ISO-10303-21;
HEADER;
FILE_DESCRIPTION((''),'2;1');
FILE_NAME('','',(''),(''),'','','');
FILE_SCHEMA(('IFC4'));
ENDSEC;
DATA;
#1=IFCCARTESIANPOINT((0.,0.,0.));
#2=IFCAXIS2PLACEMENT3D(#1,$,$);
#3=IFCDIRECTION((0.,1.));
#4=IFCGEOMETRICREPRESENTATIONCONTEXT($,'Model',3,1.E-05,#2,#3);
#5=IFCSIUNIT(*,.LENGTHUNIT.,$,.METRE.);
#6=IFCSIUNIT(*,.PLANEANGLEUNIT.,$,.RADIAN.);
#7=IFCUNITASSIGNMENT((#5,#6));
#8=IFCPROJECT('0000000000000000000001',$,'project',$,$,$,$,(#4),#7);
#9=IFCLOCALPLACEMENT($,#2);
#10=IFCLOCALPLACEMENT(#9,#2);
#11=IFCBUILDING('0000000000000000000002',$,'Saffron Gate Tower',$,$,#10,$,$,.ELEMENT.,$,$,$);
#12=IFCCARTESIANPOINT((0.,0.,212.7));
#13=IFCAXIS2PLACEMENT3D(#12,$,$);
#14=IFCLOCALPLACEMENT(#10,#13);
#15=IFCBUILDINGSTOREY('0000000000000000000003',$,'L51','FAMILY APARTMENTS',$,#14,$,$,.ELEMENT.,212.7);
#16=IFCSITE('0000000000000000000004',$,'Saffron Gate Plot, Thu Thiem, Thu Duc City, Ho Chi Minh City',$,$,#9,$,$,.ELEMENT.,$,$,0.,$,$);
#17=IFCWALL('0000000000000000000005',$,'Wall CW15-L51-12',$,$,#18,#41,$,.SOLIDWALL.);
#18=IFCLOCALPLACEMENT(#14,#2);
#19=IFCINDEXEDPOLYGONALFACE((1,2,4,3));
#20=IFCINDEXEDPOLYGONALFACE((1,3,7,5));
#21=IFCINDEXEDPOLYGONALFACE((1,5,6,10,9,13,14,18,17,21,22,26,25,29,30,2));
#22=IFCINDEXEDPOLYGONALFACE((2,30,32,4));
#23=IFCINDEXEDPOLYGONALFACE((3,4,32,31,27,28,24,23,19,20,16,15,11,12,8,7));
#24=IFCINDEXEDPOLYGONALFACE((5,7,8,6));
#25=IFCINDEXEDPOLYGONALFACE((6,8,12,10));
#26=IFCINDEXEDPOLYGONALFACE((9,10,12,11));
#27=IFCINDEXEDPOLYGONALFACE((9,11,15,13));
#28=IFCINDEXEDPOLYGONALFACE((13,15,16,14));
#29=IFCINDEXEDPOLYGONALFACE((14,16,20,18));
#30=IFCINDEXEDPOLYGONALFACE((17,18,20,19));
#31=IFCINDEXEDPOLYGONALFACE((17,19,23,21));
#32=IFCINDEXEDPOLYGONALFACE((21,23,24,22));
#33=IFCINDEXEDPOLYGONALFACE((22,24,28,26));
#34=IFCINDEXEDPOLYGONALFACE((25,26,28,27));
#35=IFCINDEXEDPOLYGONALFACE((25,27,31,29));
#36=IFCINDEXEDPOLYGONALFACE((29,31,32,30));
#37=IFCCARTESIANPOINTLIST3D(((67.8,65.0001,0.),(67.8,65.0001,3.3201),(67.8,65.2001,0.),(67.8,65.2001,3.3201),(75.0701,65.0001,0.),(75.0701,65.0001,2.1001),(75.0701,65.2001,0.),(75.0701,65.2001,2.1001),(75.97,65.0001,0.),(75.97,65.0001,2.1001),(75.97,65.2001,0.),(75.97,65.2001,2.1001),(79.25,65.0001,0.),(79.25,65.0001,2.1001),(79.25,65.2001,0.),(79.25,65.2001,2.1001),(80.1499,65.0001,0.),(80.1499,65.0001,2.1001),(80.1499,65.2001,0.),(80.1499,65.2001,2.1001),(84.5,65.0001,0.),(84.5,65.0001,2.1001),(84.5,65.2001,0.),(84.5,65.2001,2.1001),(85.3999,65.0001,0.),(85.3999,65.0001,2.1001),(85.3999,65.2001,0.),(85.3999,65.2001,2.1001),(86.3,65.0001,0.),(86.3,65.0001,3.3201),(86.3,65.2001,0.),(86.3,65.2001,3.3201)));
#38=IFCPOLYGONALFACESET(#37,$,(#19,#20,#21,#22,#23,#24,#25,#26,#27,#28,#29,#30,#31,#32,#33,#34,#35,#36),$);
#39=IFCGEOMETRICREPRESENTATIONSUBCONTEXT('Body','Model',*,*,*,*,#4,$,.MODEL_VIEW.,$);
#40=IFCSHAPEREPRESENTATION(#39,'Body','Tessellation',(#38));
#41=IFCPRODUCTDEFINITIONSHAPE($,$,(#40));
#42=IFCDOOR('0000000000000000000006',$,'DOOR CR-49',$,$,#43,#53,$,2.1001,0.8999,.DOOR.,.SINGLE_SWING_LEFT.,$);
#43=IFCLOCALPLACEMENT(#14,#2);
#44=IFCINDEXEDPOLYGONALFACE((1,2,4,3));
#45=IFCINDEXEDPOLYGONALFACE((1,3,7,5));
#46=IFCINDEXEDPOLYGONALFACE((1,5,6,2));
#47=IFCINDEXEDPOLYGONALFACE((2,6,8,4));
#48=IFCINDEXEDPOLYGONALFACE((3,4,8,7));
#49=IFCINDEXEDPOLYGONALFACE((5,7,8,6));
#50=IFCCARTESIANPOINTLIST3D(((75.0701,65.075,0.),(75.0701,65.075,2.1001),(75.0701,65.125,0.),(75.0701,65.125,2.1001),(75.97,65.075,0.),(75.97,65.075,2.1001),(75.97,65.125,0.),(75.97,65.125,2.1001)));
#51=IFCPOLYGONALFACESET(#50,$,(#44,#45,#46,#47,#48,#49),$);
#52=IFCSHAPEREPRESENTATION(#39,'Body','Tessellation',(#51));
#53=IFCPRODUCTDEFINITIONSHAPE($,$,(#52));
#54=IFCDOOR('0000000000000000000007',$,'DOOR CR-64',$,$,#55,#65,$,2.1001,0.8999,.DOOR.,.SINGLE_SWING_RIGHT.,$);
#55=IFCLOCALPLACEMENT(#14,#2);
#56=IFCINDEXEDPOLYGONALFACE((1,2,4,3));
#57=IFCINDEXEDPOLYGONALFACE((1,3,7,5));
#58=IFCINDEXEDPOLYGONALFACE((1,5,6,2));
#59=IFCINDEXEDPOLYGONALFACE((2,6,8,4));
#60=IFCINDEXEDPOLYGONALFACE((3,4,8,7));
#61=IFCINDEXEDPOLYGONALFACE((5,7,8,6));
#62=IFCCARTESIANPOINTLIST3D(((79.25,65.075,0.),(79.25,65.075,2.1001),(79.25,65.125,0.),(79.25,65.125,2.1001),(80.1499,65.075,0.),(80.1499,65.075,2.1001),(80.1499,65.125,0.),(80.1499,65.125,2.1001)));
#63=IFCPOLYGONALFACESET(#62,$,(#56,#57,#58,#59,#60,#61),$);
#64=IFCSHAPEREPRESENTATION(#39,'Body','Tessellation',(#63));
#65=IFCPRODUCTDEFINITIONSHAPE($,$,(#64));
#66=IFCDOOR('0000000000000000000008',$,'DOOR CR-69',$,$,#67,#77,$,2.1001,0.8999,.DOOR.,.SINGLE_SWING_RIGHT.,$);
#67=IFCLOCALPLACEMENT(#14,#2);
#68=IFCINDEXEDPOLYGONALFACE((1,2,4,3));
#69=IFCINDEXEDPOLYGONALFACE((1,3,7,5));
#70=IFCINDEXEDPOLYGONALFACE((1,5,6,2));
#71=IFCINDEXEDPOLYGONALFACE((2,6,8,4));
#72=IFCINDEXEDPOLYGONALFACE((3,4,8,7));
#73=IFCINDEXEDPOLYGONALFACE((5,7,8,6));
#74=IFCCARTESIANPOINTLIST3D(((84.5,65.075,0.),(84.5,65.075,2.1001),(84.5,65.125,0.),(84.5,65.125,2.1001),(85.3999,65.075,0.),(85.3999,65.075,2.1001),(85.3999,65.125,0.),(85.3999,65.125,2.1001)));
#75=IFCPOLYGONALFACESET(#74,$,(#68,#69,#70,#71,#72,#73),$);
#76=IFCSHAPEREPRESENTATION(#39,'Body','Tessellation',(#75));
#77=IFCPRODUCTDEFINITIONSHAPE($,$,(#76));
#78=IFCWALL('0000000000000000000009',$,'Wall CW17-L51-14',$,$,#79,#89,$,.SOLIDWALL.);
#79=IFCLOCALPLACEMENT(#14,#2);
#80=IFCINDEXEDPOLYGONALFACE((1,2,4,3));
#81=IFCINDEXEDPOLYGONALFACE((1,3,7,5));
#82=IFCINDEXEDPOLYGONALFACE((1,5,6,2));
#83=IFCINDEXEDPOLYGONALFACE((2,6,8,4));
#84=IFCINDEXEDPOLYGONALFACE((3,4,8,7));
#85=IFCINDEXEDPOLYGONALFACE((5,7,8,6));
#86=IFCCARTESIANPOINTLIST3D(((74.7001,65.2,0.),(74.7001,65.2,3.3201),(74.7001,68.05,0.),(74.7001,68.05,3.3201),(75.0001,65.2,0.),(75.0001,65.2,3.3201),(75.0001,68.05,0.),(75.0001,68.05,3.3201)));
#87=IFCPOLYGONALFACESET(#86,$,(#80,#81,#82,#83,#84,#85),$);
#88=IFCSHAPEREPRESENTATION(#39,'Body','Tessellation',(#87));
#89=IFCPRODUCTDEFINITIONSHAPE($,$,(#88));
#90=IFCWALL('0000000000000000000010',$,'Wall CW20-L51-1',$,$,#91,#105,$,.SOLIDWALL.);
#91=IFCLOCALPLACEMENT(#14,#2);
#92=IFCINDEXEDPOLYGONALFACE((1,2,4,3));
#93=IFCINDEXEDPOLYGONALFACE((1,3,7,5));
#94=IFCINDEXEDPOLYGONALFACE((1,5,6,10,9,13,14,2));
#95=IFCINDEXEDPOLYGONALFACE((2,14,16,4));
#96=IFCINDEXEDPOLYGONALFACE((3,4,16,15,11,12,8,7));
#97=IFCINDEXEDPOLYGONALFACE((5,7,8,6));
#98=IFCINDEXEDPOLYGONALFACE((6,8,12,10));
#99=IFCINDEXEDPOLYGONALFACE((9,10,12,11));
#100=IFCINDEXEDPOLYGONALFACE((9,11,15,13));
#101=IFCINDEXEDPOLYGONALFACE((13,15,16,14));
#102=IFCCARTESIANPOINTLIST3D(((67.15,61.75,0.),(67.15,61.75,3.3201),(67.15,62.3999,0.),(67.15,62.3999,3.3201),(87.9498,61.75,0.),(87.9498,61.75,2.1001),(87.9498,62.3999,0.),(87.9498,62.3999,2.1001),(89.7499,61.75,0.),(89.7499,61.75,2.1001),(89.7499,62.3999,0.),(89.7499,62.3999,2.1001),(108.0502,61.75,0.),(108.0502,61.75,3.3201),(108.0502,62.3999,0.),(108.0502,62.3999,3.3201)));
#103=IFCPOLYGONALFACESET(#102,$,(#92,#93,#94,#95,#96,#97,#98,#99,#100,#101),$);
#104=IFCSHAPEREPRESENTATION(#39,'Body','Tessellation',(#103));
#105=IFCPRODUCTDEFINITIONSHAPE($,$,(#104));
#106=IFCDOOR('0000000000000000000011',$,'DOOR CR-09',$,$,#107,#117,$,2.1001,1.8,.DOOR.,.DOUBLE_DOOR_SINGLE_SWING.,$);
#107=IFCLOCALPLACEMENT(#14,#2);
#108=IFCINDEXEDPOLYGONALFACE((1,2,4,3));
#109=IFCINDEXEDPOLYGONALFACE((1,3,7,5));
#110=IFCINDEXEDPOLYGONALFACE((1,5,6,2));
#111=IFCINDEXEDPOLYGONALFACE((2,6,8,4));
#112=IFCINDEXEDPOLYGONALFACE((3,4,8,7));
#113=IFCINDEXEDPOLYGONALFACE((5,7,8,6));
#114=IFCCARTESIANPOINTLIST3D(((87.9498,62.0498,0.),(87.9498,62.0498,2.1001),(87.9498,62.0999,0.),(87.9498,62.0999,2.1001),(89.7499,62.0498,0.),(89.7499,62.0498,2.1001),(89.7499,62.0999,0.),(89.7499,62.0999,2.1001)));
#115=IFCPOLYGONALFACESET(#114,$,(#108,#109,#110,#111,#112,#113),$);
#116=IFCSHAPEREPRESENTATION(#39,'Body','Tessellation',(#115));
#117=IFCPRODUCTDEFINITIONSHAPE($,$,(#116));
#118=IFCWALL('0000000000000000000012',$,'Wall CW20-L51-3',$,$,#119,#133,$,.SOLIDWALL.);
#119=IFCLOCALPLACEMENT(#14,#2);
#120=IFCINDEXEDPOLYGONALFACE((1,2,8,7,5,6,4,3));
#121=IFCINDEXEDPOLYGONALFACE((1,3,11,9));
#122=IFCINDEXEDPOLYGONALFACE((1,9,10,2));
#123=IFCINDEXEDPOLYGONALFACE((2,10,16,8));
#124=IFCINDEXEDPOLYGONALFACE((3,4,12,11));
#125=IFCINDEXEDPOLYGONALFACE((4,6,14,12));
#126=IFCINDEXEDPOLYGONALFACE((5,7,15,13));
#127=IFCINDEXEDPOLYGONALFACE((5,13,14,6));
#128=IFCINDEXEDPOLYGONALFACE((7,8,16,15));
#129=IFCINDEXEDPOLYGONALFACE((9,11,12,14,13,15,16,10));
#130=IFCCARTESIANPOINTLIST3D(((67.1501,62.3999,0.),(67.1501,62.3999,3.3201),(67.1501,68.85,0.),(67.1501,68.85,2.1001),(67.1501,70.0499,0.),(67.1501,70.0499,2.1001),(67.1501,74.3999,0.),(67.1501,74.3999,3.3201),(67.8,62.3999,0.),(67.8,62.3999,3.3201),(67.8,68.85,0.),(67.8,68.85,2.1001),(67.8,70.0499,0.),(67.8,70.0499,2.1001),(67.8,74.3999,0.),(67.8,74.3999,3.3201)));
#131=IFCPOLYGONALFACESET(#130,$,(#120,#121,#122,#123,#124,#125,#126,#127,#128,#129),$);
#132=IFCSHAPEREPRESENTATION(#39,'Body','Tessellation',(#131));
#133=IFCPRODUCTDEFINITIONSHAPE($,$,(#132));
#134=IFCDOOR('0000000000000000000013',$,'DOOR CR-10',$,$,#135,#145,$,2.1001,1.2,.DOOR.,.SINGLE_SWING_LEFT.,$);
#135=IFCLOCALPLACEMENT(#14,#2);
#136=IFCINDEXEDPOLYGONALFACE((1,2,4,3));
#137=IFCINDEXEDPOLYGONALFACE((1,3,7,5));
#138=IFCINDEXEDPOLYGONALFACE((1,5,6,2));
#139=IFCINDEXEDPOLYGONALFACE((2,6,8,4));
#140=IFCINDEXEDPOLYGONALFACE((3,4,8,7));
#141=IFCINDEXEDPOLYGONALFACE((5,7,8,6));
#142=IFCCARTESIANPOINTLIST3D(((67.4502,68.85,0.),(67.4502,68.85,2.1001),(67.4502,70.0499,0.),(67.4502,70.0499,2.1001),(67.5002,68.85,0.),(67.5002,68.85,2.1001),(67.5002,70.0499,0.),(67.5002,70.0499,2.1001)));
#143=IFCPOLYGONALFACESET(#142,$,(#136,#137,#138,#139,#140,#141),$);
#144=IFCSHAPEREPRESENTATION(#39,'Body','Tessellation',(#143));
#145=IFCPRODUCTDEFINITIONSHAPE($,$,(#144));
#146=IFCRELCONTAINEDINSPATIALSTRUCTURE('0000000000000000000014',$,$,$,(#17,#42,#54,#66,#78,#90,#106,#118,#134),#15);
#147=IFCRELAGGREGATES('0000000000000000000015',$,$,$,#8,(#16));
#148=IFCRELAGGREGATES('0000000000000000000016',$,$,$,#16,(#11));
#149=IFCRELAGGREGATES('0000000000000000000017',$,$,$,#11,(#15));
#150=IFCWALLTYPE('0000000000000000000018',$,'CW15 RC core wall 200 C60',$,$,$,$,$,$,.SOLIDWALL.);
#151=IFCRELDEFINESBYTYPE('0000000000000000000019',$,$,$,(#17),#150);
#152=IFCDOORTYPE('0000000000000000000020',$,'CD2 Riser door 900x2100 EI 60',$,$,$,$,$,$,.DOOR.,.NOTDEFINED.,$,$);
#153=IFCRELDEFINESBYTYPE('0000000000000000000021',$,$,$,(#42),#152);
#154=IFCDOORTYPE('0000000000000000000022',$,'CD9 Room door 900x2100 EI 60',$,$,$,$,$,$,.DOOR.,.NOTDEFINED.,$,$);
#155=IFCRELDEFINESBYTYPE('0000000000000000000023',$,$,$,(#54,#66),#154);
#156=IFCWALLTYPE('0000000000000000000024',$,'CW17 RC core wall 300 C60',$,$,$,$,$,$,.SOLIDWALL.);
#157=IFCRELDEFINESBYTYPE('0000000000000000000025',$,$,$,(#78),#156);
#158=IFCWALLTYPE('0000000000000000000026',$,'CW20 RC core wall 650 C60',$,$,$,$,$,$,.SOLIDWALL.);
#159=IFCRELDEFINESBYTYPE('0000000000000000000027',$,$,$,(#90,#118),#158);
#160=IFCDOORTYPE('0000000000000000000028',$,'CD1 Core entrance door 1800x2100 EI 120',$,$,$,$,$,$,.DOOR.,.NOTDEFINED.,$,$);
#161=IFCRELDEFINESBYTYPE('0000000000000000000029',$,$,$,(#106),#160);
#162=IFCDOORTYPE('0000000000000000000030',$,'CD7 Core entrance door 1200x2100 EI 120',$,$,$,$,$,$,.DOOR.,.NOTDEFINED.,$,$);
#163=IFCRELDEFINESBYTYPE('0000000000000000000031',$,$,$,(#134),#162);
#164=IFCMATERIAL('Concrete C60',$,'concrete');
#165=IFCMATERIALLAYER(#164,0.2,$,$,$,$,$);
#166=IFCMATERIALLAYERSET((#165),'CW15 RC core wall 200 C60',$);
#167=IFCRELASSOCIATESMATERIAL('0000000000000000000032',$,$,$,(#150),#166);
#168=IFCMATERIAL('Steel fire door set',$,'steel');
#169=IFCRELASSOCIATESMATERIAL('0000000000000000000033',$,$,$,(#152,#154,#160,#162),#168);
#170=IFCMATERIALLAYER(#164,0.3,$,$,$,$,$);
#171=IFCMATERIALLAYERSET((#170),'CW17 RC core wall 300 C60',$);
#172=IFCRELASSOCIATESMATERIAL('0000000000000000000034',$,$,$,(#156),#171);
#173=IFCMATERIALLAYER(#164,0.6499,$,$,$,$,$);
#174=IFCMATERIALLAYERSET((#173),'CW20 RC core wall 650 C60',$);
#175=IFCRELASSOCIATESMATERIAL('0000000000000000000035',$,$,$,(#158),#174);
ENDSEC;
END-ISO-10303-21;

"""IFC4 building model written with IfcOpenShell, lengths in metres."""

from ifc_helpers import new_model, si_unit, direction, frame, frame_2d, origin, place, context, subcontext, project, spatial, rectangle, extrude, material, layer, layer_set, type_object, element, fill, save


model = new_model("IFC4")

# Units and contexts
model_context = context("Model", 3, precision=1e-05, world=origin(), true_north=direction((0.0, 1.0)))
body_context = subcontext(model_context, "Body", "Model", "MODEL_VIEW")
ifc_project = project(units=[si_unit("LENGTHUNIT", "METRE"), si_unit("PLANEANGLEUNIT", "RADIAN")], contexts=[model_context])

# Site, building, storey
site_placement = place(None, origin())
site = spatial("IfcSite", under=ifc_project, at=site_placement, Name="Saffron Gate Plot, Thu Thiem, Thu Duc City, Ho Chi Minh City", CompositionType="ELEMENT", RefElevation=0.0)
building_placement = place(site_placement, origin())
building = spatial("IfcBuilding", under=site, at=building_placement, Name="Saffron Gate Tower", CompositionType="ELEMENT")
storey_placement = place(building_placement, frame((0.0, 0.0, 212.7)))
storey = spatial("IfcBuildingStorey", under=building, at=storey_placement, Name="L51", Description="FAMILY APARTMENTS", CompositionType="ELEMENT", Elevation=212.7)

# Wall, openings, doors
ifc_material_1 = material(Name="Concrete C60", Category="concrete")
ifc_layer_1 = layer(ifc_material_1, 0.2)
ifc_layer_set_1 = layer_set([ifc_layer_1], Name="CW15 RC core wall 200 C60")
wall_type_1 = type_object("IfcWallType", Name="CW15 RC core wall 200 C60", PredefinedType="SOLIDWALL", material=ifc_layer_set_1)
wall_1_placement = place(storey_placement, frame((67.8, 65.1001, 0.0), z_axis=(0.0, 0.0, 1.0), x_axis=(1.0, 0.0, 0.0)))
wall_1 = element("IfcWall", 1, at=wall_1_placement, inside=storey, type_object=wall_type_1, Name="Wall CW15-L51-12", PredefinedType="SOLIDWALL", context=body_context, shape_type="SweptSolid", body=[
    extrude(rectangle(XDim=18.5, YDim=0.2, at=frame_2d((9.25, 0.0))), origin(), (0.0, 0.0, 1.0), 3.3201),
])
opening_1_placement = place(wall_1_placement, frame((7.27, 0.0, 0.0)))
opening_1 = element("IfcOpeningElement", 2, at=opening_1_placement, cuts=wall_1, PredefinedType="OPENING", context=body_context, shape_type="SweptSolid", body=[
    extrude(rectangle(XDim=0.8999, YDim=2.1001, at=frame_2d((0.45, 1.05))), frame((0.0, 0.1099, 0.0), z_axis=(0.0, -1.0, 0.0), x_axis=(1.0, 0.0, 0.0)), (0.0, 0.0, 1.0), 0.22),
])
opening_2_placement = place(wall_1_placement, frame((11.45, 0.0, 0.0)))
opening_2 = element("IfcOpeningElement", 3, at=opening_2_placement, cuts=wall_1, PredefinedType="OPENING", context=body_context, shape_type="SweptSolid", body=[
    extrude(rectangle(XDim=0.8999, YDim=2.1001, at=frame_2d((0.45, 1.05))), frame((0.0, 0.1099, 0.0), z_axis=(0.0, -1.0, 0.0), x_axis=(1.0, 0.0, 0.0)), (0.0, 0.0, 1.0), 0.22),
])
opening_3_placement = place(wall_1_placement, frame((16.7, 0.0, 0.0)))
opening_3 = element("IfcOpeningElement", 4, at=opening_3_placement, cuts=wall_1, PredefinedType="OPENING", context=body_context, shape_type="SweptSolid", body=[
    extrude(rectangle(XDim=0.8999, YDim=2.1001, at=frame_2d((0.45, 1.05))), frame((0.0, 0.1099, 0.0), z_axis=(0.0, -1.0, 0.0), x_axis=(1.0, 0.0, 0.0)), (0.0, 0.0, 1.0), 0.22),
])
ifc_material_2 = material(Name="Steel fire door set", Category="steel")
door_type_1 = type_object("IfcDoorType", Name="CD2 Riser door 900x2100 EI 60", OperationType="NOTDEFINED", PredefinedType="DOOR", material=ifc_material_2)
door_1_placement = place(opening_1_placement, origin())
door_1 = element("IfcDoor", 5, at=door_1_placement, inside=storey, type_object=door_type_1, Name="DOOR CR-49", OperationType="SINGLE_SWING_LEFT", OverallHeight=2.1001, OverallWidth=0.8999, PredefinedType="DOOR", context=body_context, shape_type="SweptSolid", body=[
    extrude(rectangle(XDim=0.8999, YDim=2.1001, at=frame_2d((0.45, 1.05))), frame((0.0, 0.0249, 0.0), z_axis=(0.0, -1.0, 0.0), x_axis=(1.0, 0.0, 0.0)), (0.0, 0.0, 1.0), 0.05),
])
fill(opening_1, door_1)
door_type_2 = type_object("IfcDoorType", Name="CD9 Room door 900x2100 EI 60", OperationType="NOTDEFINED", PredefinedType="DOOR", material=ifc_material_2)
door_2_placement = place(opening_2_placement, origin())
door_2 = element("IfcDoor", 6, at=door_2_placement, inside=storey, type_object=door_type_2, Name="DOOR CR-64", OperationType="SINGLE_SWING_RIGHT", OverallHeight=2.1001, OverallWidth=0.8999, PredefinedType="DOOR", context=body_context, shape_type="SweptSolid", body=[
    extrude(rectangle(XDim=0.8999, YDim=2.1001, at=frame_2d((0.45, 1.05))), frame((0.0, 0.0249, 0.0), z_axis=(0.0, -1.0, 0.0), x_axis=(1.0, 0.0, 0.0)), (0.0, 0.0, 1.0), 0.05),
])
fill(opening_2, door_2)
door_3_placement = place(opening_3_placement, origin())
door_3 = element("IfcDoor", 7, at=door_3_placement, inside=storey, type_object=door_type_2, Name="DOOR CR-69", OperationType="SINGLE_SWING_RIGHT", OverallHeight=2.1001, OverallWidth=0.8999, PredefinedType="DOOR", context=body_context, shape_type="SweptSolid", body=[
    extrude(rectangle(XDim=0.8999, YDim=2.1001, at=frame_2d((0.45, 1.05))), frame((0.0, 0.0249, 0.0), z_axis=(0.0, -1.0, 0.0), x_axis=(1.0, 0.0, 0.0)), (0.0, 0.0, 1.0), 0.05),
])
fill(opening_3, door_3)

# Wall
ifc_layer_2 = layer(ifc_material_1, 0.3)
ifc_layer_set_2 = layer_set([ifc_layer_2], Name="CW17 RC core wall 300 C60")
wall_type_2 = type_object("IfcWallType", Name="CW17 RC core wall 300 C60", PredefinedType="SOLIDWALL", material=ifc_layer_set_2)
wall_2_placement = place(storey_placement, frame((74.8501, 65.2, 0.0), z_axis=(0.0, 0.0, 1.0), x_axis=(0.0, 1.0, 0.0)))
element("IfcWall", 8, at=wall_2_placement, inside=storey, type_object=wall_type_2, Name="Wall CW17-L51-14", PredefinedType="SOLIDWALL", context=body_context, shape_type="SweptSolid", body=[
    extrude(rectangle(XDim=2.8501, YDim=0.3, at=frame_2d((1.425, 0.0))), origin(), (0.0, 0.0, 1.0), 3.3201),
])

# Walls, openings, doors
ifc_layer_3 = layer(ifc_material_1, 0.6499)
ifc_layer_set_3 = layer_set([ifc_layer_3], Name="CW20 RC core wall 650 C60")
wall_type_3 = type_object("IfcWallType", Name="CW20 RC core wall 650 C60", PredefinedType="SOLIDWALL", material=ifc_layer_set_3)
wall_3_placement = place(storey_placement, frame((67.1499, 62.075, 0.0), z_axis=(0.0, 0.0, 1.0), x_axis=(1.0, 0.0, 0.0)))
wall_3 = element("IfcWall", 9, at=wall_3_placement, inside=storey, type_object=wall_type_3, Name="Wall CW20-L51-1", PredefinedType="SOLIDWALL", context=body_context, shape_type="SweptSolid", body=[
    extrude(rectangle(XDim=40.9001, YDim=0.6499, at=frame_2d((20.4502, 0.0))), origin(), (0.0, 0.0, 1.0), 3.3201),
])
opening_4_placement = place(wall_3_placement, frame((20.8, 0.0, 0.0)))
opening_4 = element("IfcOpeningElement", 10, at=opening_4_placement, cuts=wall_3, PredefinedType="OPENING", context=body_context, shape_type="SweptSolid", body=[
    extrude(rectangle(XDim=1.8, YDim=2.1001, at=frame_2d((0.8999, 1.05))), frame((0.0, 0.335, 0.0), z_axis=(0.0, -1.0, 0.0), x_axis=(1.0, 0.0, 0.0)), (0.0, 0.0, 1.0), 0.6699),
])
door_type_3 = type_object("IfcDoorType", Name="CD1 Core entrance door 1800x2100 EI 120", OperationType="NOTDEFINED", PredefinedType="DOOR", material=ifc_material_2)
door_4_placement = place(opening_4_placement, origin())
door_4 = element("IfcDoor", 11, at=door_4_placement, inside=storey, type_object=door_type_3, Name="DOOR CR-09", OperationType="DOUBLE_DOOR_SINGLE_SWING", OverallHeight=2.1001, OverallWidth=1.8, PredefinedType="DOOR", context=body_context, shape_type="SweptSolid", body=[
    extrude(rectangle(XDim=1.8, YDim=2.1001, at=frame_2d((0.8999, 1.05))), frame((0.0, 0.0249, 0.0), z_axis=(0.0, -1.0, 0.0), x_axis=(1.0, 0.0, 0.0)), (0.0, 0.0, 1.0), 0.05),
])
fill(opening_4, door_4)
wall_4_placement = place(storey_placement, frame((67.4751, 62.3999, 0.0), z_axis=(0.0, 0.0, 1.0), x_axis=(0.0, 1.0, 0.0)))
wall_4 = element("IfcWall", 12, at=wall_4_placement, inside=storey, type_object=wall_type_3, Name="Wall CW20-L51-3", PredefinedType="SOLIDWALL", context=body_context, shape_type="SweptSolid", body=[
    extrude(rectangle(XDim=12.0, YDim=0.6499, at=frame_2d((6.0, 0.0))), origin(), (0.0, 0.0, 1.0), 3.3201),
])
opening_5_placement = place(wall_4_placement, frame((6.45, 0.0, 0.0)))
opening_5 = element("IfcOpeningElement", 13, at=opening_5_placement, cuts=wall_4, PredefinedType="OPENING", context=body_context, shape_type="SweptSolid", body=[
    extrude(rectangle(XDim=1.2, YDim=2.1001, at=frame_2d((0.6001, 1.05))), frame((0.0, 0.335, 0.0), z_axis=(0.0, -1.0, 0.0), x_axis=(1.0, 0.0, 0.0)), (0.0, 0.0, 1.0), 0.6699),
])
door_type_4 = type_object("IfcDoorType", Name="CD7 Core entrance door 1200x2100 EI 120", OperationType="NOTDEFINED", PredefinedType="DOOR", material=ifc_material_2)
door_5_placement = place(opening_5_placement, origin())
door_5 = element("IfcDoor", 14, at=door_5_placement, inside=storey, type_object=door_type_4, Name="DOOR CR-10", OperationType="SINGLE_SWING_LEFT", OverallHeight=2.1001, OverallWidth=1.2, PredefinedType="DOOR", context=body_context, shape_type="SweptSolid", body=[
    extrude(rectangle(XDim=1.2, YDim=2.1001, at=frame_2d((0.6001, 1.05))), frame((0.0, 0.0249, 0.0), z_axis=(0.0, -1.0, 0.0), x_axis=(1.0, 0.0, 0.0)), (0.0, 0.0, 1.0), 0.05),
])
fill(opening_5, door_5)

save(model, "model.ifc")
